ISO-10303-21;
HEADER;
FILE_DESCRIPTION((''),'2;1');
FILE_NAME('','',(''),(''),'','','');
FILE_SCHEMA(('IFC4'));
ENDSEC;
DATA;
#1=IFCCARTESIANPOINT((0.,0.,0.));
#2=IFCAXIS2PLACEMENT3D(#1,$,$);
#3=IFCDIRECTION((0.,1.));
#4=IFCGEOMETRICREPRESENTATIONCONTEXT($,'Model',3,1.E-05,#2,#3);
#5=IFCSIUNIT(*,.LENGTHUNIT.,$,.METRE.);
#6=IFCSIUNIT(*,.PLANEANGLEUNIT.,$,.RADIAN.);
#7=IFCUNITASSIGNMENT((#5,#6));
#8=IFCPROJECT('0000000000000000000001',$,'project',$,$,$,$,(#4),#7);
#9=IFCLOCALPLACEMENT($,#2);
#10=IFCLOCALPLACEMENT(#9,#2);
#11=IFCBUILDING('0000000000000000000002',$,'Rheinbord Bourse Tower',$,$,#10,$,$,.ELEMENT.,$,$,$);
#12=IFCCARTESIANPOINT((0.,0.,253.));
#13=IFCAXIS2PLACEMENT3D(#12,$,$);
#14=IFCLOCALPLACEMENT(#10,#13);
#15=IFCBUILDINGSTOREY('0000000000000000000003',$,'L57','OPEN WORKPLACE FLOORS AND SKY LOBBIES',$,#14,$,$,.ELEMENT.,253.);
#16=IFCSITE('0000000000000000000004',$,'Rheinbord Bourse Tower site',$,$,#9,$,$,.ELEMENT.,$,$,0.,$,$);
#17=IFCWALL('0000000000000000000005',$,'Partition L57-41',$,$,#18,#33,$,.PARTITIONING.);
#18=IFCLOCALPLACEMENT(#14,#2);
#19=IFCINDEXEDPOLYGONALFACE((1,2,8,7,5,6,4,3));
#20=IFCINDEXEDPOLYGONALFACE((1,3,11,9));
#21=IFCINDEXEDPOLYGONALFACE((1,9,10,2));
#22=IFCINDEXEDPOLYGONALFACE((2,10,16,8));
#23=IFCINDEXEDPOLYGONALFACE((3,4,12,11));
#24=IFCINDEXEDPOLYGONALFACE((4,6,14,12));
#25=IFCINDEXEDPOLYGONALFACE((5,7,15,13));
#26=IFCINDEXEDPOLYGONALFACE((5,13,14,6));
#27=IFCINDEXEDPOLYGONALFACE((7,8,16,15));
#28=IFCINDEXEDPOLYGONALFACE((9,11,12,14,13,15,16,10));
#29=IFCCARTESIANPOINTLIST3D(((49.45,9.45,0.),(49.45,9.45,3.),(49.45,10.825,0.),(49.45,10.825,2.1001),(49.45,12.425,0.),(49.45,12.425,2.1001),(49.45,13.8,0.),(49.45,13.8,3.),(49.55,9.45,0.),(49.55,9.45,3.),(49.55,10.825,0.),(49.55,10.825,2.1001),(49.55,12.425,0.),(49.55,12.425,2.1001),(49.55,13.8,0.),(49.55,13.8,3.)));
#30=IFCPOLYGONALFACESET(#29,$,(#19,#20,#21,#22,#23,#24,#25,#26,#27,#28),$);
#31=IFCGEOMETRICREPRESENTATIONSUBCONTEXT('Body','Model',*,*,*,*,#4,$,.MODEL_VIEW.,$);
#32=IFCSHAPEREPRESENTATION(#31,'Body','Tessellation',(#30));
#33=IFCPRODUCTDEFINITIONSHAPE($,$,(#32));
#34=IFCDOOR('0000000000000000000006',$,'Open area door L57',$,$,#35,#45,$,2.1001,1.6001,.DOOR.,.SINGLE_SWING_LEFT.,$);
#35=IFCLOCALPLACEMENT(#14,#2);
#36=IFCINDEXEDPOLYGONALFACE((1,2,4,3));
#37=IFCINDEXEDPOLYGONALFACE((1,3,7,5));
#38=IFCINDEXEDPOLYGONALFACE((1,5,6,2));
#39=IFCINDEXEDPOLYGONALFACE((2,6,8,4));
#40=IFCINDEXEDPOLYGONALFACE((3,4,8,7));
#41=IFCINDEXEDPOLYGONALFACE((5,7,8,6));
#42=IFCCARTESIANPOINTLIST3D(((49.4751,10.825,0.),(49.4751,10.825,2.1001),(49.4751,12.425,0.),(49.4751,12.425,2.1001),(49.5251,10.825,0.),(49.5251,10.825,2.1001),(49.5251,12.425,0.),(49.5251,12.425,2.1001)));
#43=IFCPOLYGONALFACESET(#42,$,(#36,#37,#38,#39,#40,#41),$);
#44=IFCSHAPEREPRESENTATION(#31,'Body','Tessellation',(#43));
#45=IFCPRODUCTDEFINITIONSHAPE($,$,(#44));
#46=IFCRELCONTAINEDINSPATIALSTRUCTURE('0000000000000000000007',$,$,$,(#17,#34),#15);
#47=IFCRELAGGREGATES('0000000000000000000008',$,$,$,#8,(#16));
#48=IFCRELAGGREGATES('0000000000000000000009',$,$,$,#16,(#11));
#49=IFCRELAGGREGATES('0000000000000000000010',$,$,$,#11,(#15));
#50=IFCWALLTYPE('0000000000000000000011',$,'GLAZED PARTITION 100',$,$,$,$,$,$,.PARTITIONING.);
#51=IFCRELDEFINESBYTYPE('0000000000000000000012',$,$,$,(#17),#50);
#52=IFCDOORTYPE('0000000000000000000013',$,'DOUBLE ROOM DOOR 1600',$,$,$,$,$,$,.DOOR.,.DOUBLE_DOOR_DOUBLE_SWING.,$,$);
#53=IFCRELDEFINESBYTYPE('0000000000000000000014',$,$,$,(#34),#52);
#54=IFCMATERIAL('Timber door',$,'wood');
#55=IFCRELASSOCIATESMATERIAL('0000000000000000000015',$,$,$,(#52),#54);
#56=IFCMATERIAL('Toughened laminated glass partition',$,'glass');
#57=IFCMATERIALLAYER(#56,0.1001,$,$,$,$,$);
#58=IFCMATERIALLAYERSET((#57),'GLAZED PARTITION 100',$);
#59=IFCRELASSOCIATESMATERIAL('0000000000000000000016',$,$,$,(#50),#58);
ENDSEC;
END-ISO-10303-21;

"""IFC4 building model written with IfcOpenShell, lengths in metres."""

from ifc_helpers import new_model, si_unit, direction, frame, frame_2d, origin, place, context, subcontext, project, spatial, rectangle, extrude, material, layer, layer_set, type_object, element, fill, save


model = new_model("IFC4")

# Units and contexts
model_context = context("Model", 3, precision=1e-05, world=origin(), true_north=direction((0.0, 1.0)))
body_context = subcontext(model_context, "Body", "Model", "MODEL_VIEW")
ifc_project = project(units=[si_unit("LENGTHUNIT", "METRE"), si_unit("PLANEANGLEUNIT", "RADIAN")], contexts=[model_context])

# Site, building, storey
site_placement = place(None, origin())
site = spatial("IfcSite", under=ifc_project, at=site_placement, Name="Rheinbord Bourse Tower site", CompositionType="ELEMENT", RefElevation=0.0)
building_placement = place(site_placement, origin())
building = spatial("IfcBuilding", under=site, at=building_placement, Name="Rheinbord Bourse Tower", CompositionType="ELEMENT")
storey_placement = place(building_placement, frame((0.0, 0.0, 253.0)))
storey = spatial("IfcBuildingStorey", under=building, at=storey_placement, Name="L57", Description="OPEN WORKPLACE FLOORS AND SKY LOBBIES", CompositionType="ELEMENT", Elevation=253.0)

# Shared definitions
ifc_material_1 = material(Name="Timber door", Category="wood")
door_type = type_object("IfcDoorType", Name="DOUBLE ROOM DOOR 1600", OperationType="DOUBLE_DOOR_DOUBLE_SWING", PredefinedType="DOOR", material=ifc_material_1)

# Wall, opening, door
ifc_material_2 = material(Name="Toughened laminated glass partition", Category="glass")
ifc_layer_1 = layer(ifc_material_2, 0.1001)
ifc_layer_set_1 = layer_set([ifc_layer_1], Name="GLAZED PARTITION 100")
wall_type_1 = type_object("IfcWallType", Name="GLAZED PARTITION 100", PredefinedType="PARTITIONING", material=ifc_layer_set_1)
wall_1_placement = place(storey_placement, frame((49.5, 9.45, 0.0), z_axis=(0.0, 0.0, 1.0), x_axis=(0.0, 1.0, 0.0)))
wall_1 = element("IfcWall", 1, at=wall_1_placement, inside=storey, type_object=wall_type_1, Name="Partition L57-41", PredefinedType="PARTITIONING", context=body_context, shape_type="SweptSolid", body=[
    extrude(rectangle(XDim=4.3501, YDim=0.1001, at=frame_2d((2.175, 0.0))), origin(), (0.0, 0.0, 1.0), 3.0),
])
opening_1_placement = place(wall_1_placement, frame((1.375, 0.0, 0.0)))
opening_1 = element("IfcOpeningElement", 2, at=opening_1_placement, cuts=wall_1, PredefinedType="OPENING", context=body_context, shape_type="SweptSolid", body=[
    extrude(rectangle(XDim=1.6001, YDim=2.1001, at=frame_2d((0.8, 1.05))), frame((0.0, 0.0601, 0.0), z_axis=(0.0, -1.0, 0.0), x_axis=(1.0, 0.0, 0.0)), (0.0, 0.0, 1.0), 0.1201),
])
door_1_placement = place(opening_1_placement, origin())
door_1 = element("IfcDoor", 3, at=door_1_placement, inside=storey, type_object=door_type, Name="Open area door L57", OperationType="SINGLE_SWING_LEFT", OverallHeight=2.1001, OverallWidth=1.6001, PredefinedType="DOOR", context=body_context, shape_type="SweptSolid", body=[
    extrude(rectangle(XDim=1.6001, YDim=2.1001, at=frame_2d((0.8, 1.05))), frame((0.0, 0.0249, 0.0), z_axis=(0.0, -1.0, 0.0), x_axis=(1.0, 0.0, 0.0)), (0.0, 0.0, 1.0), 0.05),
])
fill(opening_1, door_1)

save(model, "model.ifc")
